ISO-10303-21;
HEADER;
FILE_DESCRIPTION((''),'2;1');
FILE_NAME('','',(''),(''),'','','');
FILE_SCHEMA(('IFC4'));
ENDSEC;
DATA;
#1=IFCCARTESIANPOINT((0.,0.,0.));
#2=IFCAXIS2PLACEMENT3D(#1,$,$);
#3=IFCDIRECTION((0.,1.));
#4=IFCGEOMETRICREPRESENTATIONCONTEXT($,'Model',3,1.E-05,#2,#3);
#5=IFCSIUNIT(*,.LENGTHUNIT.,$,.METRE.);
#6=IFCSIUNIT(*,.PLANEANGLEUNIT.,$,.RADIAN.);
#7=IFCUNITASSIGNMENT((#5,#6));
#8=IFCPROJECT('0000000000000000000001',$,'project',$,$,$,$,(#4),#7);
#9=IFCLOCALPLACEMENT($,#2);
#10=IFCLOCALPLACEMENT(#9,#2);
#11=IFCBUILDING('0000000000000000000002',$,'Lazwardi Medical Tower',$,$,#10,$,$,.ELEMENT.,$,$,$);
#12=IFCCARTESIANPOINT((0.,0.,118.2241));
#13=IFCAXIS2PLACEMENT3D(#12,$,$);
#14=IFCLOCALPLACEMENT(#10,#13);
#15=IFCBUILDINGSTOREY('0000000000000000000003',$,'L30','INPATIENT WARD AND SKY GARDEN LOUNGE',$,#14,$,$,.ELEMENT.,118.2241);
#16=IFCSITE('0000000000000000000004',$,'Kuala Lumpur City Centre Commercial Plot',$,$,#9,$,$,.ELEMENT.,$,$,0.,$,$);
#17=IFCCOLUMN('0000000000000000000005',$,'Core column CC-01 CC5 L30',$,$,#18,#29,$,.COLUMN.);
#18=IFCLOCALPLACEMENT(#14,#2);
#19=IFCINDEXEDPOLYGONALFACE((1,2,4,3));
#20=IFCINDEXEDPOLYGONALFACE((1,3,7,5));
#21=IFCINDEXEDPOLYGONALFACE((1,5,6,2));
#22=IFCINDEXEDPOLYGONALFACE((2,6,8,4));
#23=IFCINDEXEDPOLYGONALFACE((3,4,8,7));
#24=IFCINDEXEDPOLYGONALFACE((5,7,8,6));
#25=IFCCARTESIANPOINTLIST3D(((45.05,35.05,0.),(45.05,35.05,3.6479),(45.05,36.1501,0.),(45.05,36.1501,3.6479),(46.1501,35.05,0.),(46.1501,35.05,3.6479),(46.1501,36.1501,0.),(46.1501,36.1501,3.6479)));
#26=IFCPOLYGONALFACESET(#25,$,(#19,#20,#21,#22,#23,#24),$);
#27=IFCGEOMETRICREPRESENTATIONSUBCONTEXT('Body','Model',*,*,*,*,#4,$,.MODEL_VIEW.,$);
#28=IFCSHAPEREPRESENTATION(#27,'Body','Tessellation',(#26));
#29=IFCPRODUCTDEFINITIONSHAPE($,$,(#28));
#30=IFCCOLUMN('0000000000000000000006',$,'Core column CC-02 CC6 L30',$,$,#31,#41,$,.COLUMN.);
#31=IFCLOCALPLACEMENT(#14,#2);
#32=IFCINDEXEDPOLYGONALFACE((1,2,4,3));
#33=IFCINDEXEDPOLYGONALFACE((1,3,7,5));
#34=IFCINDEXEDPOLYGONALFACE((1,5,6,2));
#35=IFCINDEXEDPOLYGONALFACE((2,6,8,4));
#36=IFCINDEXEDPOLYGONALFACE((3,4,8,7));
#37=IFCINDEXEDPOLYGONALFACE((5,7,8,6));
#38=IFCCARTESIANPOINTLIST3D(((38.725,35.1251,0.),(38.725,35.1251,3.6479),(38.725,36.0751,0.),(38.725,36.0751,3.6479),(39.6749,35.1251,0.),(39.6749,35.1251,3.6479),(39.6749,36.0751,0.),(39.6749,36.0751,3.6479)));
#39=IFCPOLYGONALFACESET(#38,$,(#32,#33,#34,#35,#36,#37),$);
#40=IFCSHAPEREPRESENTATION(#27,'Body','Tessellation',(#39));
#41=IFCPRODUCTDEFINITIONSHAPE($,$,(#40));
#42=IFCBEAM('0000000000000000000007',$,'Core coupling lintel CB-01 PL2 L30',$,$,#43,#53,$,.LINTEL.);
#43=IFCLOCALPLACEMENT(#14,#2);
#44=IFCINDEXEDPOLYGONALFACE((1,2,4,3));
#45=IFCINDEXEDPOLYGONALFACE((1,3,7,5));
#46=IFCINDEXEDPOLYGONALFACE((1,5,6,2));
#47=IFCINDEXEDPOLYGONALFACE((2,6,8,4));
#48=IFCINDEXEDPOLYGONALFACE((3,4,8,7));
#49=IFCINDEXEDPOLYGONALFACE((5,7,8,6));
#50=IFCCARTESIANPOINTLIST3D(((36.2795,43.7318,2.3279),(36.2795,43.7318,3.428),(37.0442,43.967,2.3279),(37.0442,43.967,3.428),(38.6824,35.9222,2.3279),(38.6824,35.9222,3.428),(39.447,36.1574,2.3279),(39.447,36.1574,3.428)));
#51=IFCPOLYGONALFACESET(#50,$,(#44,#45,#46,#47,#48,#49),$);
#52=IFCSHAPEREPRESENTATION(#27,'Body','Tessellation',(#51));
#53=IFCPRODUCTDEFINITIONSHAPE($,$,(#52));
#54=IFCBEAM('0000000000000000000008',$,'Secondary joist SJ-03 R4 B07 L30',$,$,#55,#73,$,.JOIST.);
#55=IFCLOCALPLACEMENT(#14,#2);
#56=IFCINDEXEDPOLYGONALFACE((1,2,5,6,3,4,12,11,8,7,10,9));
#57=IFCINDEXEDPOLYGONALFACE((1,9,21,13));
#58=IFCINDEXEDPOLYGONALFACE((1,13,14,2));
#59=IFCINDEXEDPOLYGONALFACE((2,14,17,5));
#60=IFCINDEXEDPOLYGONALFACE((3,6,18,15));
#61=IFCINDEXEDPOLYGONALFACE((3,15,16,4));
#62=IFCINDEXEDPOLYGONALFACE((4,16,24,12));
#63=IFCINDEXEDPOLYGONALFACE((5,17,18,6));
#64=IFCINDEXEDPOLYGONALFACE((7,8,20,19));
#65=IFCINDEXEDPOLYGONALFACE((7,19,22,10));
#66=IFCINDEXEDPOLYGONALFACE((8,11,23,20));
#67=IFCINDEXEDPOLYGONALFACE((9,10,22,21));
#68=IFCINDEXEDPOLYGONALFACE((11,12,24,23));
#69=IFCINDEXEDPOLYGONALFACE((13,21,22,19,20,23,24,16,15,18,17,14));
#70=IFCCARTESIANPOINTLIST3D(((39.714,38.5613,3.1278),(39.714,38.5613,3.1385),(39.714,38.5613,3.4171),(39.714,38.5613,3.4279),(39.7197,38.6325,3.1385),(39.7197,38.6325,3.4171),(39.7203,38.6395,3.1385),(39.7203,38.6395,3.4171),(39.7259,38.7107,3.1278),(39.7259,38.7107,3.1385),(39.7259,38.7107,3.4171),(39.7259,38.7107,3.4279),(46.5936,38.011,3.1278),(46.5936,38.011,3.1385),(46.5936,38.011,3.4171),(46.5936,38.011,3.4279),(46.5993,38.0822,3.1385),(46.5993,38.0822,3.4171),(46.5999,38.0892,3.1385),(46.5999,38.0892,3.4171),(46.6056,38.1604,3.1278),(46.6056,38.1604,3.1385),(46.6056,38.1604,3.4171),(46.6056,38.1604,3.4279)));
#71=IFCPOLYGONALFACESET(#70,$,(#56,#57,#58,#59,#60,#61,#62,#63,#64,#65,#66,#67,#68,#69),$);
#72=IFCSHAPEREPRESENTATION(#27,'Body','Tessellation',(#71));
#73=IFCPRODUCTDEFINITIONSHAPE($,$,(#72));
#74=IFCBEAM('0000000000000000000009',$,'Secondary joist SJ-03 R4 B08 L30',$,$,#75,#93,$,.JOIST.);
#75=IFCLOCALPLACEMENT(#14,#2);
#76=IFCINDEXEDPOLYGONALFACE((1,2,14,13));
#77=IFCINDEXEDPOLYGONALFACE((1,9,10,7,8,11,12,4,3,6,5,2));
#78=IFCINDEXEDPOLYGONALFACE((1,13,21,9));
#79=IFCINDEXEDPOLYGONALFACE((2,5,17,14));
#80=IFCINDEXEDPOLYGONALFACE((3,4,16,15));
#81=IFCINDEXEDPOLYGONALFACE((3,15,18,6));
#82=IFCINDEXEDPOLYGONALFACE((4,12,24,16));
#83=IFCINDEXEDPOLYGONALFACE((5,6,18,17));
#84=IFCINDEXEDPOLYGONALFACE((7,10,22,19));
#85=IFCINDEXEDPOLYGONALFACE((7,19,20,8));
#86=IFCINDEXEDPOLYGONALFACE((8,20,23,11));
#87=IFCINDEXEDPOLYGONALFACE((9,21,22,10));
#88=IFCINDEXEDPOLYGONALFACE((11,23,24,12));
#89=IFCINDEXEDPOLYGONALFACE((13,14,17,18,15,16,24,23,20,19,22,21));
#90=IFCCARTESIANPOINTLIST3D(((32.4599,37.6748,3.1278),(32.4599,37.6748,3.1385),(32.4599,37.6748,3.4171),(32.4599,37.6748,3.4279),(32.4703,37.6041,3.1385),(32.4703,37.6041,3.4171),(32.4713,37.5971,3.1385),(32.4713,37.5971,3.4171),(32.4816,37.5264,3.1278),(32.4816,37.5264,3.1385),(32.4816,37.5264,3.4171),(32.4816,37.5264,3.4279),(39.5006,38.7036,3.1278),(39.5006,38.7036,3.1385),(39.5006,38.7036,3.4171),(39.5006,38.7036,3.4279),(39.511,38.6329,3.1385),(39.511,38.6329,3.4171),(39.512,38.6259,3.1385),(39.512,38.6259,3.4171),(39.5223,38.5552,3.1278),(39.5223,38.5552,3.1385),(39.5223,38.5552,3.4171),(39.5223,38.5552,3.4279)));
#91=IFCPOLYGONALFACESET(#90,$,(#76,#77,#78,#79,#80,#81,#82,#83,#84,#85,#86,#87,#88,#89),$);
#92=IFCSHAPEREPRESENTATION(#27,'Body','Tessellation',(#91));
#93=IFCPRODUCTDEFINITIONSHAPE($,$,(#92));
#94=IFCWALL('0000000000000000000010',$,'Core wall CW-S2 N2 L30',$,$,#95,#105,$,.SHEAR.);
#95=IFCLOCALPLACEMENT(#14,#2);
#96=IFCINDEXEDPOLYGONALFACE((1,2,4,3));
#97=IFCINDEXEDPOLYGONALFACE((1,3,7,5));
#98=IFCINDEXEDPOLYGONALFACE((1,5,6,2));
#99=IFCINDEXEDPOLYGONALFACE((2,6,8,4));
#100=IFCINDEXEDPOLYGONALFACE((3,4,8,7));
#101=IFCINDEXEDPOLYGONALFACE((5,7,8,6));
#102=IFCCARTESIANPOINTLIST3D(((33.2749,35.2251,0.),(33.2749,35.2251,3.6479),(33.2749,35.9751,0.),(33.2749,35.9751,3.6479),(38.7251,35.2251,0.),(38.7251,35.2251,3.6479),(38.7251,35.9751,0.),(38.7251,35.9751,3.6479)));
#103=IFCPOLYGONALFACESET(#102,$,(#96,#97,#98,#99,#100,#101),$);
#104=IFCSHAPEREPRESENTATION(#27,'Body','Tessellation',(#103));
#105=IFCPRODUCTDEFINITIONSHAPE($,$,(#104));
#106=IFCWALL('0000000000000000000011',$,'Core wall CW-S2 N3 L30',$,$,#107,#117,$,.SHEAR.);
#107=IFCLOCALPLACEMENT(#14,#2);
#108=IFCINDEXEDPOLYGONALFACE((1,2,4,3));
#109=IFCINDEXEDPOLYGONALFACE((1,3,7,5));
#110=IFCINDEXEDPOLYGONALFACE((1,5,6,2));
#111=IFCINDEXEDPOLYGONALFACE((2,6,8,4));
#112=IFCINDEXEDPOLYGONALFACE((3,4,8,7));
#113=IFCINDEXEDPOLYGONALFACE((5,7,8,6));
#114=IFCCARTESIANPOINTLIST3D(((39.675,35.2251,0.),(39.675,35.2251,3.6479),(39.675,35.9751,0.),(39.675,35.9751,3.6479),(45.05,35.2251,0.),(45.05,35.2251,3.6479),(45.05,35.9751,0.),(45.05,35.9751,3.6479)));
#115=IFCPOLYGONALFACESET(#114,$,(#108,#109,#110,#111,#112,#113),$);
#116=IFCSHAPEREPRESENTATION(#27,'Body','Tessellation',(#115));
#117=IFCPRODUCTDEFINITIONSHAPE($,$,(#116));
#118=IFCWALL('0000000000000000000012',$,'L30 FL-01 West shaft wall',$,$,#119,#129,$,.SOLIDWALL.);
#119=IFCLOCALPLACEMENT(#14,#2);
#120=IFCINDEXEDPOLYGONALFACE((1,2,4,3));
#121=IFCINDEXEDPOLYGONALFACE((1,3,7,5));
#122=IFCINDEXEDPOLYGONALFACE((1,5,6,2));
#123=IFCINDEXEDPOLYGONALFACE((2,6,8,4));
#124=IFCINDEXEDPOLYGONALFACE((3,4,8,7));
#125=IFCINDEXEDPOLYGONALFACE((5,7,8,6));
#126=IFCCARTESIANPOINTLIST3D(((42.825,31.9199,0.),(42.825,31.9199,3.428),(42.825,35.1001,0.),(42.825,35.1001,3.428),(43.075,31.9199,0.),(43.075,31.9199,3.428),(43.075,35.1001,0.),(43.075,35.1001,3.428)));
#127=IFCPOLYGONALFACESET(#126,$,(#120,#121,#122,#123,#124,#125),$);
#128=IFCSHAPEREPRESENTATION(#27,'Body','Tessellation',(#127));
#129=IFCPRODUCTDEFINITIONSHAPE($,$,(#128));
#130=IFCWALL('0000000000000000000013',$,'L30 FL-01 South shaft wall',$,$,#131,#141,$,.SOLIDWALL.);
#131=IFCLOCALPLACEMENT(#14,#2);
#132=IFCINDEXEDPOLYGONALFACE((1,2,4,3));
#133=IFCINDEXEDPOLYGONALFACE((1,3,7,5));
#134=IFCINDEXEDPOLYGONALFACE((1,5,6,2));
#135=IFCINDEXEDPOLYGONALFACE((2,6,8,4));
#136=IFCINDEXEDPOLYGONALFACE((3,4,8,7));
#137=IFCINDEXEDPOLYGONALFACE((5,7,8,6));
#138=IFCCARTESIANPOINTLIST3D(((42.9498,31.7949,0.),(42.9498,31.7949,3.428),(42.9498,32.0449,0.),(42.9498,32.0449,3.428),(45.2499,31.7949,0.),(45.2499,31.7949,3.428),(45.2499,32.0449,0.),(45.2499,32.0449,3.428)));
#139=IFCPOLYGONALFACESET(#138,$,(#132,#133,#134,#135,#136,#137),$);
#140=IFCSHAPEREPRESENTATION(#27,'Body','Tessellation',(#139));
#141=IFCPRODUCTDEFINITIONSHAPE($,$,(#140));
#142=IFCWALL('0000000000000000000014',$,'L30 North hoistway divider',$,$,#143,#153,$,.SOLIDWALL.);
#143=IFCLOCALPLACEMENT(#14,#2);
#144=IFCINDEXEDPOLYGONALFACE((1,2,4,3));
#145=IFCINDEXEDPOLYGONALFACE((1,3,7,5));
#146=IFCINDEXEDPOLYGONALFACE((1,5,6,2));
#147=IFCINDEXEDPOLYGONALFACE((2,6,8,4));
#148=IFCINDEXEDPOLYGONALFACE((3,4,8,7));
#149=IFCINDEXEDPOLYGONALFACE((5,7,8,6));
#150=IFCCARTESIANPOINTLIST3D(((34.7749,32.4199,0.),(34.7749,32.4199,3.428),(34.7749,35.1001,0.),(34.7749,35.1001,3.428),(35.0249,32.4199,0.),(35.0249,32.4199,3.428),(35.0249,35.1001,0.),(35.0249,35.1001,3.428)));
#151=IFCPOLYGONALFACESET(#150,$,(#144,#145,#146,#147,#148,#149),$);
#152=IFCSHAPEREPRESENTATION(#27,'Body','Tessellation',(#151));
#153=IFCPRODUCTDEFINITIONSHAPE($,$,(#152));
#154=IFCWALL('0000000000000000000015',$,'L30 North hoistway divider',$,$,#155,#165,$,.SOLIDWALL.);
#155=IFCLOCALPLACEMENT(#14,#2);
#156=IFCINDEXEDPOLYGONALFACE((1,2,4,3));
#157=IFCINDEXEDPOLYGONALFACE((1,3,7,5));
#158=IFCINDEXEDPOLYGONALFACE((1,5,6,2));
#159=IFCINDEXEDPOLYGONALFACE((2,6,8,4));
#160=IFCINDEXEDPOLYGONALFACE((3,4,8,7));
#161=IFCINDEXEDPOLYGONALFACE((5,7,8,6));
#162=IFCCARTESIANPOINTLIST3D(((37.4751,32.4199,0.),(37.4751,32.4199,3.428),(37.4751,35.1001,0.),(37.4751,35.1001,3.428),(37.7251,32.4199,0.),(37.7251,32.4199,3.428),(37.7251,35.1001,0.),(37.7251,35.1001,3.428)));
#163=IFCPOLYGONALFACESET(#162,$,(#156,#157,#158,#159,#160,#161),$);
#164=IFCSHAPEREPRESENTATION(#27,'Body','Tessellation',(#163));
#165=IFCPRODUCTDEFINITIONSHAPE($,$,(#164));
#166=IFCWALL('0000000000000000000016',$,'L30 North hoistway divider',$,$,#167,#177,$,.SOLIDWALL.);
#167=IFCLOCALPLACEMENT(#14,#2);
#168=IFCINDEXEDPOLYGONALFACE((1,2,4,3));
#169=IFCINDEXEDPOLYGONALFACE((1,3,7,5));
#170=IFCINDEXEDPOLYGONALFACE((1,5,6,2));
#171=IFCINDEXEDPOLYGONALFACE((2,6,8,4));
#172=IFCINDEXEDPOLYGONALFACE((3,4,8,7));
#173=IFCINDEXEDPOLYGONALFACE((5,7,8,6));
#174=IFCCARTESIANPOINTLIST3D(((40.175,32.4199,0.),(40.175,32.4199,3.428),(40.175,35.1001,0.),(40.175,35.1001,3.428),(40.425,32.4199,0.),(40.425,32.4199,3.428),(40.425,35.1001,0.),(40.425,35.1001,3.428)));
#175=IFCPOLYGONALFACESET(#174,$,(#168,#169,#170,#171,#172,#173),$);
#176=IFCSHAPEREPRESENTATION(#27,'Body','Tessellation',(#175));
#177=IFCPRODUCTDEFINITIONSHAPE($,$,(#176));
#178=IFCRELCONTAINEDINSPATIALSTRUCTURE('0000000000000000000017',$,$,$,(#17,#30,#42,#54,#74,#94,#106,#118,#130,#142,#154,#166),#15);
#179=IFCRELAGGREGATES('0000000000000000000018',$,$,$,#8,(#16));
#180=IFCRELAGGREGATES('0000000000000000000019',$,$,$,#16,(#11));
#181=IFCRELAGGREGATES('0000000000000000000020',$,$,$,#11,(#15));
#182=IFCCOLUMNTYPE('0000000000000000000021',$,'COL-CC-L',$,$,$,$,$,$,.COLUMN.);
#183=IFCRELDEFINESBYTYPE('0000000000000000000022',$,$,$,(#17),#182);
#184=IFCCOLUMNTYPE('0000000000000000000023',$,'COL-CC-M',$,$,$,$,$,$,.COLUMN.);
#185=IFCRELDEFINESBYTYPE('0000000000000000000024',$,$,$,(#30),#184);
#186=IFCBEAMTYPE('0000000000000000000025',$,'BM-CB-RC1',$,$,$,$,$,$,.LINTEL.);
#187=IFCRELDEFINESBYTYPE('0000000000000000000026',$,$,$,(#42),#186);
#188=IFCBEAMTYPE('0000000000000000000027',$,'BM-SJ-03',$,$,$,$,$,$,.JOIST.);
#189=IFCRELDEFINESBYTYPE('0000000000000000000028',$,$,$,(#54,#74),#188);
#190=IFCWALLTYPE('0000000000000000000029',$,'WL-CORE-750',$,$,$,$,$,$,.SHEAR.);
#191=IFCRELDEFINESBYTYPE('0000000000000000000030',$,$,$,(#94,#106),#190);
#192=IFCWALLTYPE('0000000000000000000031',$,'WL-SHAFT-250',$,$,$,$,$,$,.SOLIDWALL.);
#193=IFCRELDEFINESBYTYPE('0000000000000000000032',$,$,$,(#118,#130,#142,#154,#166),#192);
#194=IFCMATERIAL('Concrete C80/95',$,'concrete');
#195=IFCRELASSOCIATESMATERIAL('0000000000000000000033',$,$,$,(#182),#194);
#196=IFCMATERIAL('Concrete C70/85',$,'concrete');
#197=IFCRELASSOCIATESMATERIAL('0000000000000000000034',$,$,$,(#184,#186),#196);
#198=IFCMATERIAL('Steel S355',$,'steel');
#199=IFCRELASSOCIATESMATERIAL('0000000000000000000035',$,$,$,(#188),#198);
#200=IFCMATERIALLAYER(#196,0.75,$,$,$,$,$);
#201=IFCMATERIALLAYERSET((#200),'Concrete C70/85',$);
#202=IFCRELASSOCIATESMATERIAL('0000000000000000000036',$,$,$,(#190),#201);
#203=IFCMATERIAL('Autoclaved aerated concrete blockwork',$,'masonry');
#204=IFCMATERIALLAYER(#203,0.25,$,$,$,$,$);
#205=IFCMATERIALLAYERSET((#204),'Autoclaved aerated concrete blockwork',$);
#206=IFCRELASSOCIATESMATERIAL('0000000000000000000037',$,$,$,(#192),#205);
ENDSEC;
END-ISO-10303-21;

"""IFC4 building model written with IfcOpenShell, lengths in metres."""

from ifc_helpers import new_model, si_unit, direction, frame, frame_2d, origin, origin_2d, place, context, subcontext, project, spatial, rectangle, i_section, extrude, material, layer, layer_set, material_profile, profile_set, type_object, element, save


model = new_model("IFC4")

# Units and contexts
model_context = context("Model", 3, precision=1e-05, world=origin(), true_north=direction((0.0, 1.0)))
body_context = subcontext(model_context, "Body", "Model", "MODEL_VIEW")
ifc_project = project(units=[si_unit("LENGTHUNIT", "METRE"), si_unit("PLANEANGLEUNIT", "RADIAN")], contexts=[model_context])

# Site, building, storey
site_placement = place(None, origin())
site = spatial("IfcSite", under=ifc_project, at=site_placement, Name="Kuala Lumpur City Centre Commercial Plot", CompositionType="ELEMENT", RefElevation=0.0)
building_placement = place(site_placement, origin())
building = spatial("IfcBuilding", under=site, at=building_placement, Name="Lazwardi Medical Tower", CompositionType="ELEMENT")
storey_placement = place(building_placement, frame((0.0, 0.0, 118.2241)))
storey = spatial("IfcBuildingStorey", under=building, at=storey_placement, Name="L30", Description="INPATIENT WARD AND SKY GARDEN LOUNGE", CompositionType="ELEMENT", Elevation=118.2241)

# Columns
ifc_material_1 = material(Name="Concrete C80/95", Category="concrete")
ifc_material_profile_1 = material_profile(ifc_material_1, rectangle(XDim=1.1001, YDim=1.1001, at=origin_2d()), Name="RC 1100x1100")
ifc_profile_set_1 = profile_set([ifc_material_profile_1], Name="Concrete C80/95")
column_type_1 = type_object("IfcColumnType", Name="COL-CC-L", PredefinedType="COLUMN", material=ifc_profile_set_1)
column_1_placement = place(storey_placement, frame((45.6001, 35.6001, 0.0), z_axis=(0.0, 0.0, 1.0), x_axis=(1.0, 0.0, 0.0)))
element("IfcColumn", 1, at=column_1_placement, inside=storey, type_object=column_type_1, Name="Core column CC-01 CC5 L30", PredefinedType="COLUMN", context=body_context, shape_type="SweptSolid", body=[
    extrude(rectangle(XDim=1.1001, YDim=1.1001, at=origin_2d()), origin(), (0.0, 0.0, 1.0), 3.6479),
])
ifc_material_2 = material(Name="Concrete C70/85", Category="concrete")
ifc_material_profile_2 = material_profile(ifc_material_2, rectangle(XDim=0.95, YDim=0.95, at=origin_2d()), Name="RC 950x950")
ifc_profile_set_2 = profile_set([ifc_material_profile_2], Name="Concrete C70/85")
column_type_2 = type_object("IfcColumnType", Name="COL-CC-M", PredefinedType="COLUMN", material=ifc_profile_set_2)
column_2_placement = place(storey_placement, frame((39.2, 35.6001, 0.0), z_axis=(0.0, 0.0, 1.0), x_axis=(1.0, 0.0, 0.0)))
element("IfcColumn", 2, at=column_2_placement, inside=storey, type_object=column_type_2, Name="Core column CC-02 CC6 L30", PredefinedType="COLUMN", context=body_context, shape_type="SweptSolid", body=[
    extrude(rectangle(XDim=0.95, YDim=0.95, at=origin_2d()), origin(), (0.0, 0.0, 1.0), 3.6479),
])

# Beams
ifc_material_profile_3 = material_profile(ifc_material_2, rectangle(XDim=0.8, YDim=1.1001, at=origin_2d()), Name="RC 800x1100")
ifc_profile_set_3 = profile_set([ifc_material_profile_3], Name="Concrete C70/85")
beam_type_1 = type_object("IfcBeamType", Name="BM-CB-RC1", PredefinedType="LINTEL", material=ifc_profile_set_3)
beam_1_placement = place(storey_placement, frame((39.0647, 36.0398, 2.8779), z_axis=(-0.294073, 0.955783, 0.0), x_axis=(-0.955783, -0.294073, 0.0)))
element("IfcBeam", 3, at=beam_1_placement, inside=storey, type_object=beam_type_1, Name="Core coupling lintel CB-01 PL2 L30", PredefinedType="LINTEL", context=body_context, shape_type="SweptSolid", body=[
    extrude(rectangle(XDim=0.8, YDim=1.1001, at=origin_2d()), origin(), (0.0, 0.0, 1.0), 8.1709),
])
ifc_material_3 = material(Name="Steel S355", Category="steel")
ifc_material_profile_4 = material_profile(ifc_material_3, i_section(OverallWidth=0.1499, OverallDepth=0.3, WebThickness=0.0071, FlangeThickness=0.0107, at=origin_2d()), Name="IPE 300")
ifc_profile_set_4 = profile_set([ifc_material_profile_4], Name="Steel S355")
beam_type_2 = type_object("IfcBeamType", Name="BM-SJ-03", PredefinedType="JOIST", material=ifc_profile_set_4)
beam_2_placement = place(storey_placement, frame((46.5996, 38.0857, 3.2778), z_axis=(-0.996816, 0.079734, 0.0), x_axis=(-0.079734, -0.996816, 0.0)))
element("IfcBeam", 4, at=beam_2_placement, inside=storey, type_object=beam_type_2, Name="Secondary joist SJ-03 R4 B07 L30", PredefinedType="JOIST", context=body_context, shape_type="SweptSolid", body=[
    extrude(i_section(OverallWidth=0.1499, OverallDepth=0.3, WebThickness=0.0071, FlangeThickness=0.0107, at=origin_2d()), origin(), (0.0, 0.0, 1.0), 6.9016),
])
beam_3_placement = place(storey_placement, frame((39.5115, 38.6294, 3.2778), z_axis=(-0.989492, -0.144586, 0.0), x_axis=(0.144586, -0.989492, 0.0)))
element("IfcBeam", 5, at=beam_3_placement, inside=storey, type_object=beam_type_2, Name="Secondary joist SJ-03 R4 B08 L30", PredefinedType="JOIST", context=body_context, shape_type="SweptSolid", body=[
    extrude(i_section(OverallWidth=0.1499, OverallDepth=0.3, WebThickness=0.0071, FlangeThickness=0.0107, at=origin_2d()), origin(), (0.0, 0.0, 1.0), 7.1155),
])

# Walls
ifc_layer_1 = layer(ifc_material_2, 0.75)
ifc_layer_set_1 = layer_set([ifc_layer_1], Name="Concrete C70/85")
wall_type_1 = type_object("IfcWallType", Name="WL-CORE-750", PredefinedType="SHEAR", material=ifc_layer_set_1)
wall_1_placement = place(storey_placement, frame((33.2749, 35.6001, 0.0), z_axis=(0.0, 0.0, 1.0), x_axis=(1.0, 0.0, 0.0)))
element("IfcWall", 6, at=wall_1_placement, inside=storey, type_object=wall_type_1, Name="Core wall CW-S2 N2 L30", PredefinedType="SHEAR", context=body_context, shape_type="SweptSolid", body=[
    extrude(rectangle(XDim=5.4502, YDim=0.75, at=frame_2d((2.7251, 0.0))), origin(), (0.0, 0.0, 1.0), 3.6479),
])
wall_2_placement = place(storey_placement, frame((39.675, 35.6001, 0.0), z_axis=(0.0, 0.0, 1.0), x_axis=(1.0, 0.0, 0.0)))
element("IfcWall", 7, at=wall_2_placement, inside=storey, type_object=wall_type_1, Name="Core wall CW-S2 N3 L30", PredefinedType="SHEAR", context=body_context, shape_type="SweptSolid", body=[
    extrude(rectangle(XDim=5.375, YDim=0.75, at=frame_2d((2.6875, 0.0))), origin(), (0.0, 0.0, 1.0), 3.6479),
])
ifc_material_4 = material(Name="Autoclaved aerated concrete blockwork", Category="masonry")
ifc_layer_2 = layer(ifc_material_4, 0.25)
ifc_layer_set_2 = layer_set([ifc_layer_2], Name="Autoclaved aerated concrete blockwork")
wall_type_2 = type_object("IfcWallType", Name="WL-SHAFT-250", PredefinedType="SOLIDWALL", material=ifc_layer_set_2)
wall_3_placement = place(storey_placement, frame((42.95, 31.9199, 0.0), z_axis=(0.0, 0.0, 1.0), x_axis=(0.0, 1.0, 0.0)))
element("IfcWall", 8, at=wall_3_placement, inside=storey, type_object=wall_type_2, Name="L30 FL-01 West shaft wall", PredefinedType="SOLIDWALL", context=body_context, shape_type="SweptSolid", body=[
    extrude(rectangle(XDim=3.1802, YDim=0.25, at=frame_2d((1.5901, 0.0))), origin(), (0.0, 0.0, 1.0), 3.428),
])
wall_4_placement = place(storey_placement, frame((42.95, 31.9199, 0.0), z_axis=(0.0, 0.0, 1.0), x_axis=(1.0, 0.0, 0.0)))
element("IfcWall", 9, at=wall_4_placement, inside=storey, type_object=wall_type_2, Name="L30 FL-01 South shaft wall", PredefinedType="SOLIDWALL", context=body_context, shape_type="SweptSolid", body=[
    extrude(rectangle(XDim=2.3, YDim=0.25, at=frame_2d((1.1499, 0.0))), origin(), (0.0, 0.0, 1.0), 3.428),
])
for number, where, z_axis, x_axis, name in (
    (10, (34.8999, 32.4199, 0.0), (0.0, 0.0, 1.0), (0.0, 1.0, 0.0), "L30 North hoistway divider"),
    (11, (37.6001, 32.4199, 0.0), (0.0, 0.0, 1.0), (0.0, 1.0, 0.0), "L30 North hoistway divider"),
    (12, (40.3, 32.4199, 0.0), (0.0, 0.0, 1.0), (0.0, 1.0, 0.0), "L30 North hoistway divider"),
):
    element("IfcWall", number, at=place(storey_placement, frame(where, z_axis=z_axis, x_axis=x_axis)), inside=storey, type_object=wall_type_2, Name=name, PredefinedType="SOLIDWALL", context=body_context, shape_type="SweptSolid", body=[
        extrude(rectangle(XDim=2.6802, YDim=0.25, at=frame_2d((1.3401, 0.0))), origin(), (0.0, 0.0, 1.0), 3.428),
    ])

save(model, "model.ifc")
